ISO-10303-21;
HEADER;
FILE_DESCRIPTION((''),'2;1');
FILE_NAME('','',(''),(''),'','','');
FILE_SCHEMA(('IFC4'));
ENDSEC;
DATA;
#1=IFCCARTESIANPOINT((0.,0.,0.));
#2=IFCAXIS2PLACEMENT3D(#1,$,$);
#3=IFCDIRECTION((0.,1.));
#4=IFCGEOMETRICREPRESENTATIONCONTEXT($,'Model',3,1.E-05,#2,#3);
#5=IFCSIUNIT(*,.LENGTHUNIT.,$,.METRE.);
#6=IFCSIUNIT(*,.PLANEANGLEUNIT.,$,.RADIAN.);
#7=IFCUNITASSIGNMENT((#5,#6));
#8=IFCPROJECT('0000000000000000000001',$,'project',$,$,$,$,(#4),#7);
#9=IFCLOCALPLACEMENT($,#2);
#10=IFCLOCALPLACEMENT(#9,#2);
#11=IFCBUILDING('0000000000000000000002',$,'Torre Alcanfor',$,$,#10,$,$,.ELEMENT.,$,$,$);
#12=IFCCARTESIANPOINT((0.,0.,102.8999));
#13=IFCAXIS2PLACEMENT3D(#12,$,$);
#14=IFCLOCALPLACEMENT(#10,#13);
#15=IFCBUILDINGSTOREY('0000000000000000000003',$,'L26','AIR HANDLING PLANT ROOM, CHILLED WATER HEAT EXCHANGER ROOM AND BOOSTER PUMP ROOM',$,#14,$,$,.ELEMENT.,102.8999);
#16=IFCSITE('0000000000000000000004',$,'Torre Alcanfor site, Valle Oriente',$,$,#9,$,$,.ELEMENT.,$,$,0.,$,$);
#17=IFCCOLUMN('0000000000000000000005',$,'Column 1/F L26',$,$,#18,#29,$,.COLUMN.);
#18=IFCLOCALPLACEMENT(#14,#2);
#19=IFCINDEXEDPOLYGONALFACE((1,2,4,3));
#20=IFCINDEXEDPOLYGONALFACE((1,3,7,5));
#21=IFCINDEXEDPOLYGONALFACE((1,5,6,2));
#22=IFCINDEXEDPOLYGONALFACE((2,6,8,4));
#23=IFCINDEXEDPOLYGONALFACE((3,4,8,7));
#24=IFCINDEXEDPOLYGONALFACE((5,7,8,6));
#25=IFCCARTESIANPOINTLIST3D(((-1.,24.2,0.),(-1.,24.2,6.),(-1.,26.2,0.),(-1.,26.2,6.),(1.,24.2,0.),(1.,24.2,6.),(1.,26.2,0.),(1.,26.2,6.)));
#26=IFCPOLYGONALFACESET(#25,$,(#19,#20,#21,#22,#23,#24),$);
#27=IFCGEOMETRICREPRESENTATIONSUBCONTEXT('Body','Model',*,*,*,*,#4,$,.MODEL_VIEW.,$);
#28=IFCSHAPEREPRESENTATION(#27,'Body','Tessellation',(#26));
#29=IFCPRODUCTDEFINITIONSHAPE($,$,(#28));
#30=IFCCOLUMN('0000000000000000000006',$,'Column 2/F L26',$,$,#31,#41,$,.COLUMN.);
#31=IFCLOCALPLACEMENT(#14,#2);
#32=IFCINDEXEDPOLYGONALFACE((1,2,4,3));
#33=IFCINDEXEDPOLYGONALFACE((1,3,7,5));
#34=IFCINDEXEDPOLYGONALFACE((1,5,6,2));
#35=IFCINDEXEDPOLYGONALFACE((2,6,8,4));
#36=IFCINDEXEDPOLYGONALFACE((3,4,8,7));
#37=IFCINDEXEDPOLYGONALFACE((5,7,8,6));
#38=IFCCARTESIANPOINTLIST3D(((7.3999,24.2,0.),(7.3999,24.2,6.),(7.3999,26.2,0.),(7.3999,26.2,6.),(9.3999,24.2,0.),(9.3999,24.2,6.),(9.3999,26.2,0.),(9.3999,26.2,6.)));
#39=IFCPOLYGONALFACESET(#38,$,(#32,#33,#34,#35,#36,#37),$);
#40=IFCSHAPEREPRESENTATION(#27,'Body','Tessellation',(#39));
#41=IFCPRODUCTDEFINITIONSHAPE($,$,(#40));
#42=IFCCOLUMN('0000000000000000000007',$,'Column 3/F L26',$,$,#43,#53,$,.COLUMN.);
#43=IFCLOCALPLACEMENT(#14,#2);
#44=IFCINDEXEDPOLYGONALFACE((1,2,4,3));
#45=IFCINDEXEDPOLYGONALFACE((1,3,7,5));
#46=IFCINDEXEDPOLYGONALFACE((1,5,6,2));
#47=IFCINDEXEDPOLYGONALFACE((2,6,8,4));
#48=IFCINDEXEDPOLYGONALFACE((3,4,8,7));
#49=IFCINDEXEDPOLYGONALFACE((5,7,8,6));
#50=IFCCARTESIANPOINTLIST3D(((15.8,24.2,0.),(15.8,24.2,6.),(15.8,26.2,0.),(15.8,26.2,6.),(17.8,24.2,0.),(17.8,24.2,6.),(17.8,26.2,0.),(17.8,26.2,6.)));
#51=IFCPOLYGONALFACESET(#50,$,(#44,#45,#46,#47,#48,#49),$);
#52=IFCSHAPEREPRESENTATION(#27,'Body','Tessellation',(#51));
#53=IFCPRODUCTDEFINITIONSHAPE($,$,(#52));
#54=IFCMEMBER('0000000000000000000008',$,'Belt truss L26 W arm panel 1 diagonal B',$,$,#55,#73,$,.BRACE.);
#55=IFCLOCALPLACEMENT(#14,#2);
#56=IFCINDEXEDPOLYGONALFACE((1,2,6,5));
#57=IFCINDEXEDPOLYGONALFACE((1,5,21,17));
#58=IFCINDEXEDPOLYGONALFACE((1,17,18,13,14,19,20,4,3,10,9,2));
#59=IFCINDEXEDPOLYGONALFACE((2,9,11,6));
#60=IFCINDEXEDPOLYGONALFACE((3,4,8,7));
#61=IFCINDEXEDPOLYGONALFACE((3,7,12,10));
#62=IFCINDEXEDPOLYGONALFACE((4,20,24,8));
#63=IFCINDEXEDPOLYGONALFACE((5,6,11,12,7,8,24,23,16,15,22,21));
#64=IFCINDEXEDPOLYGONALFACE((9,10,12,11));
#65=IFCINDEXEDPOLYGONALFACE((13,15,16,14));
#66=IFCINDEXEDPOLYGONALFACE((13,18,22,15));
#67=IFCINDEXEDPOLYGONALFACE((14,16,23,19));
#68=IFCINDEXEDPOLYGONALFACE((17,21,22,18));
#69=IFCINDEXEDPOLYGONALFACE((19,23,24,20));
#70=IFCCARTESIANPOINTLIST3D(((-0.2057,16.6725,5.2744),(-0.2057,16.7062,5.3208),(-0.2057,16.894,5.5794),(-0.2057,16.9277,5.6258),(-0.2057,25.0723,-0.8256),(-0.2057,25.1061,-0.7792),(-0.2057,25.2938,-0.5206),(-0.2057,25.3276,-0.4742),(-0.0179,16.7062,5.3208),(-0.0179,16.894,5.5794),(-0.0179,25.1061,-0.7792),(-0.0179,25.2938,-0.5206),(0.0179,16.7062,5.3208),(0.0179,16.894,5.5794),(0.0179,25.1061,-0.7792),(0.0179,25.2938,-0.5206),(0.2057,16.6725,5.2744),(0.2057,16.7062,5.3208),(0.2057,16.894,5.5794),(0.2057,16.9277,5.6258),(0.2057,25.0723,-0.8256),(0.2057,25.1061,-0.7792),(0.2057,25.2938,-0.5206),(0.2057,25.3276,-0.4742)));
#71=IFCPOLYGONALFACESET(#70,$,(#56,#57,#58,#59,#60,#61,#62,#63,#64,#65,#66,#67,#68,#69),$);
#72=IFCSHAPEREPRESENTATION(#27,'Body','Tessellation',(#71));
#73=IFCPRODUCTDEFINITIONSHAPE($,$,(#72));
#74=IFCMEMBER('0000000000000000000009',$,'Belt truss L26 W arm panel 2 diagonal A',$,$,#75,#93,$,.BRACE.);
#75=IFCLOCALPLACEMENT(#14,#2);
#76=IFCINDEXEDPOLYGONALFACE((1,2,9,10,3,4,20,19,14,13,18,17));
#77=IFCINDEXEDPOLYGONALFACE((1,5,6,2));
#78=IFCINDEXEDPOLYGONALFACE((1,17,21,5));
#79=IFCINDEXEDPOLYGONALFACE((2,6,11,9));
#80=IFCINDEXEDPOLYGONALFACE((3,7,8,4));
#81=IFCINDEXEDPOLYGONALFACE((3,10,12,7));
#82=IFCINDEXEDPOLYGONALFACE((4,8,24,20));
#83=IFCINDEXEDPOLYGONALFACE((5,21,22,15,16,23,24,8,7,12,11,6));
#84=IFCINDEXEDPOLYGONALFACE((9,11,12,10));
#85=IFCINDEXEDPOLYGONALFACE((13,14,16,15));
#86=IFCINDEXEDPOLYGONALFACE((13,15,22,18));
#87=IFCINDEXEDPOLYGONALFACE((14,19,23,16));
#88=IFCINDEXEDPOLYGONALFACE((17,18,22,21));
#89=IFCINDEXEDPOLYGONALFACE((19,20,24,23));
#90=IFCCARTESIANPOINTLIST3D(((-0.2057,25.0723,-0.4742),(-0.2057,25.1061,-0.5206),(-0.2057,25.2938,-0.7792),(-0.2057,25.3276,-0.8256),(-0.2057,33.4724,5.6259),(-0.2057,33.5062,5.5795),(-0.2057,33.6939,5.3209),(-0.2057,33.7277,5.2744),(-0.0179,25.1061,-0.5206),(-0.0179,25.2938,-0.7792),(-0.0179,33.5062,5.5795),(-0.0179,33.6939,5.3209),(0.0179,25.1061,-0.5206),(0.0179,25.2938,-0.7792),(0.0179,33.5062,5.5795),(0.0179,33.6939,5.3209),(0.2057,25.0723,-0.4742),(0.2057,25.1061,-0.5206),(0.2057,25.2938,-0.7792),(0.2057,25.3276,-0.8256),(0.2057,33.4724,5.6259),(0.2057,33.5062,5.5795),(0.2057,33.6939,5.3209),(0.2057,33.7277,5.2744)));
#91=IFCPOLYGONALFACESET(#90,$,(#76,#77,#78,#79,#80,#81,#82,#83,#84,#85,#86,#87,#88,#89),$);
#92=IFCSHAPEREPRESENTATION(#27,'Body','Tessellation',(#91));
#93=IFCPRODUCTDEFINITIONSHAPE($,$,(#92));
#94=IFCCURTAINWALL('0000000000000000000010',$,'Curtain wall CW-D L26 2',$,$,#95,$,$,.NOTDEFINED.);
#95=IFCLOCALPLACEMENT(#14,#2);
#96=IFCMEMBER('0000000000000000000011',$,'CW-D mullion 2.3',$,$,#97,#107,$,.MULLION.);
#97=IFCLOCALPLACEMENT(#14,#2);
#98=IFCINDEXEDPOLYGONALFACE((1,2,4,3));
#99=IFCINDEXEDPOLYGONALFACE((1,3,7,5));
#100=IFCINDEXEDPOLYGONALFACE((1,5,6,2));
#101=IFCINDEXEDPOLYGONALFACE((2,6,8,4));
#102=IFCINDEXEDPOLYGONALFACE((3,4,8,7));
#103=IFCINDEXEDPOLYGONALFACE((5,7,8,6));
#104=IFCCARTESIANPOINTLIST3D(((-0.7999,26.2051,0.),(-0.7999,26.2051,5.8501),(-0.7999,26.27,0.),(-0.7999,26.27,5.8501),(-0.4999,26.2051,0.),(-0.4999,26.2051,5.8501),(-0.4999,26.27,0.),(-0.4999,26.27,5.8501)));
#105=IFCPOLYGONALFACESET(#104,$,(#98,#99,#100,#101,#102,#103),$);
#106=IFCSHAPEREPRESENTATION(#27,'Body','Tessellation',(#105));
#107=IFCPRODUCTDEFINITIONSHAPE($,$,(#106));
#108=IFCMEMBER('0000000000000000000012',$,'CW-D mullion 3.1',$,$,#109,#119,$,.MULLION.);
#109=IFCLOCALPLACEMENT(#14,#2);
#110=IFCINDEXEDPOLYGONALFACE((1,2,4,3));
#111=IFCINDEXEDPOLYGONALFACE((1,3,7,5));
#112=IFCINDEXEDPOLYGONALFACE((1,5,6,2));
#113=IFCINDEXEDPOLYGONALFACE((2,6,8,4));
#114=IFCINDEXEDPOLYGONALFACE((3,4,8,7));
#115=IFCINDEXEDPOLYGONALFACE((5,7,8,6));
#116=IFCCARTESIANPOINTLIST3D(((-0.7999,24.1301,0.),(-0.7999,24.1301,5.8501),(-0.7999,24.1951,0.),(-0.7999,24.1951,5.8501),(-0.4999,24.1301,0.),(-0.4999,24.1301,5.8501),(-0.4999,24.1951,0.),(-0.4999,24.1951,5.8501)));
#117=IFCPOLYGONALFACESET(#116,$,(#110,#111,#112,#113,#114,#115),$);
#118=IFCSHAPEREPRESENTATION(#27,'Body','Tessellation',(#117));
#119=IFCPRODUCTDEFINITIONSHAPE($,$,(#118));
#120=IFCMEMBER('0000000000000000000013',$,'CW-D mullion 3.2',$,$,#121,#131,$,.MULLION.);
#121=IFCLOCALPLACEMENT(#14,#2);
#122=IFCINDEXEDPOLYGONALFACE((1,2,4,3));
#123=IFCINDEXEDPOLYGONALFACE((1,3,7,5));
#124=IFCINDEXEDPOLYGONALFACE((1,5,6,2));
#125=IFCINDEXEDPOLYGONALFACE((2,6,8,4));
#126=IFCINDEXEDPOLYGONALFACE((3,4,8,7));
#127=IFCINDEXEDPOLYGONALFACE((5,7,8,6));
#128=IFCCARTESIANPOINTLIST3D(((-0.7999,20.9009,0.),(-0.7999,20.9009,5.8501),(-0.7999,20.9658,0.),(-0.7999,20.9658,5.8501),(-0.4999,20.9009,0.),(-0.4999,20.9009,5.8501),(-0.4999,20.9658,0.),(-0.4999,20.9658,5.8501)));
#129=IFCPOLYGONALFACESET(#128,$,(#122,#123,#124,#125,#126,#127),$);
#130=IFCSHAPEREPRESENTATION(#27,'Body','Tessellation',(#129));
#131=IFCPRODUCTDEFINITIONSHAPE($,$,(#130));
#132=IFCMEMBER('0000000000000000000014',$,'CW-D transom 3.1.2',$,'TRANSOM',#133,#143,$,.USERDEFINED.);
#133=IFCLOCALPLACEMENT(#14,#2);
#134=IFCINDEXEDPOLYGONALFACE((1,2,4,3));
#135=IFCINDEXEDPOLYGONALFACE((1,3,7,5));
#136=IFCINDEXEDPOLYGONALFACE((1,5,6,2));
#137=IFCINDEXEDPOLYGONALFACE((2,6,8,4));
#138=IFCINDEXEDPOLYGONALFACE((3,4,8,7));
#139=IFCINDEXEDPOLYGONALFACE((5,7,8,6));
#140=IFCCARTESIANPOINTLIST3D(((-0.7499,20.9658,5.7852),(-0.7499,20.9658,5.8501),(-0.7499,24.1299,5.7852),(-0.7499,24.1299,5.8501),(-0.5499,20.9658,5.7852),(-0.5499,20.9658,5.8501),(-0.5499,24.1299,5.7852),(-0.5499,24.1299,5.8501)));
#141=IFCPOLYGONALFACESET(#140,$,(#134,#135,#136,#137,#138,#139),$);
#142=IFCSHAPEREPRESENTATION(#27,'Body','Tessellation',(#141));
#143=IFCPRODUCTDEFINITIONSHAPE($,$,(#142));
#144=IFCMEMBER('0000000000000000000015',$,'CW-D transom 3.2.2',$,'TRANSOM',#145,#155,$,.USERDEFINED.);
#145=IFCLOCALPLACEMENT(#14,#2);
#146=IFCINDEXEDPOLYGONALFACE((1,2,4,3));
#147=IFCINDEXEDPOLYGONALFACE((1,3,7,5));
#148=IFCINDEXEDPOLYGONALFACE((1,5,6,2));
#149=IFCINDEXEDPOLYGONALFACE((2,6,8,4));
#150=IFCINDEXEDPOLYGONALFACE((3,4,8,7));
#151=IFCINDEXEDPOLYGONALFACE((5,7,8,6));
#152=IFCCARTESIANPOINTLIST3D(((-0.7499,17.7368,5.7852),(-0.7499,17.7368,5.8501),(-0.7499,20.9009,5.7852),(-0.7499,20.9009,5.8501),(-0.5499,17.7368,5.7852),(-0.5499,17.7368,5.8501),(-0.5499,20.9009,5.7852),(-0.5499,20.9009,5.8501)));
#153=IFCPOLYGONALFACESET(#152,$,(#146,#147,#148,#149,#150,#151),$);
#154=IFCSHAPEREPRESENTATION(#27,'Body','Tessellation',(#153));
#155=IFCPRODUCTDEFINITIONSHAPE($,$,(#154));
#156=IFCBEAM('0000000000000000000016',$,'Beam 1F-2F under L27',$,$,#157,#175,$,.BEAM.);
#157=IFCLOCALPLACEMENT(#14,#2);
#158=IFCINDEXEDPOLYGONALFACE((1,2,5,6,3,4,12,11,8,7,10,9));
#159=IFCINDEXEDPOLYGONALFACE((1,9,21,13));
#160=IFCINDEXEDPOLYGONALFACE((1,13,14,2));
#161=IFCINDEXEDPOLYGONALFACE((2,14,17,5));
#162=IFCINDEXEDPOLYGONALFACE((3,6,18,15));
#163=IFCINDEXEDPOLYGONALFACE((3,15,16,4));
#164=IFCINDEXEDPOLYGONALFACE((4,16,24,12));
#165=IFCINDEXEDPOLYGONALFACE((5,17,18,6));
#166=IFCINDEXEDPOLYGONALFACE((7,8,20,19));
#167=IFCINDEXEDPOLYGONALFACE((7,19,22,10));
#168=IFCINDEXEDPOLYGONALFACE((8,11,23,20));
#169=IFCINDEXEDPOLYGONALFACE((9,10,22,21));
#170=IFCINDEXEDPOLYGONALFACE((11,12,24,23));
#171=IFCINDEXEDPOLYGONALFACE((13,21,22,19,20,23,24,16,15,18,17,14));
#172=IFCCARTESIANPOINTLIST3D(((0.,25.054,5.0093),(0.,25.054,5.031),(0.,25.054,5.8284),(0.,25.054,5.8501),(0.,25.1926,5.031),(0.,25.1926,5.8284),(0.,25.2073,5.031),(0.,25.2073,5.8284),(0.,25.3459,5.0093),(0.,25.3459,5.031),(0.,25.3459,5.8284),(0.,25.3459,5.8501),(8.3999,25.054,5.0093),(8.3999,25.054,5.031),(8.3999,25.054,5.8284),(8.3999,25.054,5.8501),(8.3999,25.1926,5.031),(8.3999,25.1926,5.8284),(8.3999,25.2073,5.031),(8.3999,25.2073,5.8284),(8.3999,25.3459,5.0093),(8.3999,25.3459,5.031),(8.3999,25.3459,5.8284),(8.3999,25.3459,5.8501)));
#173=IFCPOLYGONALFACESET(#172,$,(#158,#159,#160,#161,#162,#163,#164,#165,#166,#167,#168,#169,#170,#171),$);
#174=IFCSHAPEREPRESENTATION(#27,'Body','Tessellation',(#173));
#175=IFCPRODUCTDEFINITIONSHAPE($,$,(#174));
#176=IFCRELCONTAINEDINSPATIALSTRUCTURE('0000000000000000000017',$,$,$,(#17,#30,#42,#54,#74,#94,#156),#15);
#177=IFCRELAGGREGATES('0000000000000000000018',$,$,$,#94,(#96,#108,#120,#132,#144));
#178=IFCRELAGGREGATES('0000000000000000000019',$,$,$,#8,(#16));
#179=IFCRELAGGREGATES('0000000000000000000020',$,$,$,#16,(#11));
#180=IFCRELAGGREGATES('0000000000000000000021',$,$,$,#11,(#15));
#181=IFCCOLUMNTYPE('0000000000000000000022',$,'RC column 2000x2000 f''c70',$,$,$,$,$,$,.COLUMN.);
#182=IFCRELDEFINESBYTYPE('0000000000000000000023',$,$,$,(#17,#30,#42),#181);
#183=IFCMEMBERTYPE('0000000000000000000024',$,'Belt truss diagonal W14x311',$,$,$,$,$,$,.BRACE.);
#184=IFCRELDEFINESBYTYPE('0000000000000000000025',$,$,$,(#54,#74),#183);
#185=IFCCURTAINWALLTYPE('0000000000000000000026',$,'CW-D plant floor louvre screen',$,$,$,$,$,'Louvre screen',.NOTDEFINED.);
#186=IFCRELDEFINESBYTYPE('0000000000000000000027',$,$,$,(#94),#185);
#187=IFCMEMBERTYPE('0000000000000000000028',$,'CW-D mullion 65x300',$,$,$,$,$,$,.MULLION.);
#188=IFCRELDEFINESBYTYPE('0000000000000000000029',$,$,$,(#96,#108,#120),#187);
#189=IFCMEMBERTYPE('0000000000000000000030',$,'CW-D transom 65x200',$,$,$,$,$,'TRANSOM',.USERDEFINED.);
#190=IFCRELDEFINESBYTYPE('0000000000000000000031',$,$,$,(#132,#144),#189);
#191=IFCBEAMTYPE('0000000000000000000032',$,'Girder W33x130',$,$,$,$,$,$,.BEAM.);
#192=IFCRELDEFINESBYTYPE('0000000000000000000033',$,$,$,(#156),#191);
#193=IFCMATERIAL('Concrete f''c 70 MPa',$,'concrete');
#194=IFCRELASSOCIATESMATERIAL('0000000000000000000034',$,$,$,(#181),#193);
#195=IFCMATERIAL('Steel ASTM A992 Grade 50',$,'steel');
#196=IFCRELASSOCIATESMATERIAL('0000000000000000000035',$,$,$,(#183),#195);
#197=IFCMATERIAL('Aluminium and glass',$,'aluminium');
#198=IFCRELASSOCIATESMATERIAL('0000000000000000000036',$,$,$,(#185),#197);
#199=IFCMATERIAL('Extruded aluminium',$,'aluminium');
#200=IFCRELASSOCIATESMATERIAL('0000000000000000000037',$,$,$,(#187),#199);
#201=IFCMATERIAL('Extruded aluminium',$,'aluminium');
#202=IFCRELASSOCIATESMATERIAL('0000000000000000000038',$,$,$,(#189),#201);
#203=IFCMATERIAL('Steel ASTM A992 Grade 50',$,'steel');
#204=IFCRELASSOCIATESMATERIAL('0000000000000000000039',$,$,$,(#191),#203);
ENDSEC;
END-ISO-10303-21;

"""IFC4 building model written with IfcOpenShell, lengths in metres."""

from ifc_helpers import new_model, si_unit, direction, frame, origin, origin_2d, place, context, subcontext, project, spatial, rectangle, i_section, extrude, material, material_profile, profile_set, type_object, element, aggregate, save


model = new_model("IFC4")

# Units and contexts
model_context = context("Model", 3, precision=1e-05, world=origin(), true_north=direction((0.0, 1.0)))
body_context = subcontext(model_context, "Body", "Model", "MODEL_VIEW")
ifc_project = project(units=[si_unit("LENGTHUNIT", "METRE"), si_unit("PLANEANGLEUNIT", "RADIAN")], contexts=[model_context])

# Site, building, storey
site_placement = place(None, origin())
site = spatial("IfcSite", under=ifc_project, at=site_placement, Name="Torre Alcanfor site, Valle Oriente", CompositionType="ELEMENT", RefElevation=0.0)
building_placement = place(site_placement, origin())
building = spatial("IfcBuilding", under=site, at=building_placement, Name="Torre Alcanfor", CompositionType="ELEMENT")
storey_placement = place(building_placement, frame((0.0, 0.0, 102.8999)))
storey = spatial("IfcBuildingStorey", under=building, at=storey_placement, Name="L26", Description="AIR HANDLING PLANT ROOM, CHILLED WATER HEAT EXCHANGER ROOM AND BOOSTER PUMP ROOM", CompositionType="ELEMENT", Elevation=102.8999)

# Columns
ifc_material_1 = material(Name="Concrete f'c 70 MPa", Category="concrete")
ifc_material_profile_1 = material_profile(ifc_material_1, rectangle(XDim=2.0, YDim=2.0, at=origin_2d()), Name="2000x2000")
ifc_profile_set_1 = profile_set([ifc_material_profile_1], Name="Concrete f'c 70 MPa")
column_type = type_object("IfcColumnType", Name="RC column 2000x2000 f'c70", PredefinedType="COLUMN", material=ifc_profile_set_1)
for number, where, z_axis, x_axis, name in (
    (1, (0.0, 25.2, 0.0), (0.0, 0.0, 1.0), (1.0, 0.0, 0.0), "Column 1/F L26"),
    (2, (8.3999, 25.2, 0.0), (0.0, 0.0, 1.0), (1.0, 0.0, 0.0), "Column 2/F L26"),
    (3, (16.8, 25.2, 0.0), (0.0, 0.0, 1.0), (1.0, 0.0, 0.0), "Column 3/F L26"),
):
    element("IfcColumn", number, at=place(storey_placement, frame(where, z_axis=z_axis, x_axis=x_axis)), inside=storey, type_object=column_type, Name=name, PredefinedType="COLUMN", context=body_context, shape_type="SweptSolid", body=[
        extrude(rectangle(XDim=2.0, YDim=2.0, at=origin_2d()), origin(), (0.0, 0.0, 1.0), 6.0),
    ])

# Members
ifc_material_2 = material(Name="Steel ASTM A992 Grade 50", Category="steel")
ifc_material_profile_2 = material_profile(ifc_material_2, i_section(OverallWidth=0.4114, OverallDepth=0.4343, WebThickness=0.0359, FlangeThickness=0.0574, at=origin_2d()), Name="W14x311")
ifc_profile_set_2 = profile_set([ifc_material_profile_2], Name="Steel ASTM A992 Grade 50")
member_type_1 = type_object("IfcMemberType", Name="Belt truss diagonal W14x311", PredefinedType="BRACE", material=ifc_profile_set_2)
member_1_placement = place(storey_placement, frame((0.0, 25.2, -0.6499), z_axis=(0.0, -0.809145, 0.587609), x_axis=(1.0, 0.0, 0.0)))
element("IfcMember", 4, at=member_1_placement, inside=storey, type_object=member_type_1, Name="Belt truss L26 W arm panel 1 diagonal B", PredefinedType="BRACE", context=body_context, shape_type="SweptSolid", body=[
    extrude(i_section(OverallWidth=0.4114, OverallDepth=0.4343, WebThickness=0.0359, FlangeThickness=0.0574, at=origin_2d()), origin(), (0.0, 0.0, 1.0), 10.3811),
])
member_2_placement = place(storey_placement, frame((0.0, 25.2, -0.6499), z_axis=(0.0, 0.809153, 0.587598), x_axis=(-1.0, 0.0, 0.0)))
element("IfcMember", 5, at=member_2_placement, inside=storey, type_object=member_type_1, Name="Belt truss L26 W arm panel 2 diagonal A", PredefinedType="BRACE", context=body_context, shape_type="SweptSolid", body=[
    extrude(i_section(OverallWidth=0.4114, OverallDepth=0.4343, WebThickness=0.0359, FlangeThickness=0.0574, at=origin_2d()), origin(), (0.0, 0.0, 1.0), 10.3813),
])

# Curtain wall, members
ifc_material_3 = material(Name="Aluminium and glass", Category="aluminium")
curtain_wall_type = type_object("IfcCurtainWallType", Name="CW-D plant floor louvre screen", ElementType="Louvre screen", PredefinedType="NOTDEFINED", material=ifc_material_3)
curtain_wall_placement = place(storey_placement, origin())
curtain_wall = element("IfcCurtainWall", 6, at=curtain_wall_placement, inside=storey, type_object=curtain_wall_type, Name="Curtain wall CW-D L26 2", PredefinedType="NOTDEFINED")
ifc_material_4 = material(Name="Extruded aluminium", Category="aluminium")
ifc_material_profile_3 = material_profile(ifc_material_4, rectangle(XDim=0.3, YDim=0.0649, at=origin_2d()), Name="CW-D mullion 65x300")
ifc_profile_set_3 = profile_set([ifc_material_profile_3], Name="Extruded aluminium")
member_type_2 = type_object("IfcMemberType", Name="CW-D mullion 65x300", PredefinedType="MULLION", material=ifc_profile_set_3)
member_3_placement = place(storey_placement, frame((-0.6499, 26.2375, 0.0), z_axis=(0.0, 0.0, 1.0), x_axis=(1.0, 0.0, 0.0)))
member_3 = element("IfcMember", 7, at=member_3_placement, type_object=member_type_2, Name="CW-D mullion 2.3", PredefinedType="MULLION", context=body_context, shape_type="SweptSolid", body=[
    extrude(rectangle(XDim=0.3, YDim=0.0649, at=origin_2d()), origin(), (0.0, 0.0, 1.0), 5.8501),
])
member_4_placement = place(storey_placement, frame((-0.6499, 24.1626, 0.0), z_axis=(0.0, 0.0, 1.0), x_axis=(1.0, 0.0, 0.0)))
member_4 = element("IfcMember", 8, at=member_4_placement, type_object=member_type_2, Name="CW-D mullion 3.1", PredefinedType="MULLION", context=body_context, shape_type="SweptSolid", body=[
    extrude(rectangle(XDim=0.3, YDim=0.0649, at=origin_2d()), origin(), (0.0, 0.0, 1.0), 5.8501),
])
member_5_placement = place(storey_placement, frame((-0.6499, 20.9333, 0.0), z_axis=(0.0, 0.0, 1.0), x_axis=(1.0, 0.0, 0.0)))
member_5 = element("IfcMember", 9, at=member_5_placement, type_object=member_type_2, Name="CW-D mullion 3.2", PredefinedType="MULLION", context=body_context, shape_type="SweptSolid", body=[
    extrude(rectangle(XDim=0.3, YDim=0.0649, at=origin_2d()), origin(), (0.0, 0.0, 1.0), 5.8501),
])
ifc_material_5 = material(Name="Extruded aluminium", Category="aluminium")
ifc_material_profile_4 = material_profile(ifc_material_5, rectangle(XDim=0.2, YDim=0.0649, at=origin_2d()), Name="CW-D transom 200x65")
ifc_profile_set_4 = profile_set([ifc_material_profile_4], Name="Extruded aluminium")
member_type_3 = type_object("IfcMemberType", Name="CW-D transom 65x200", ElementType="TRANSOM", PredefinedType="USERDEFINED", material=ifc_profile_set_4)
member_6_placement = place(storey_placement, frame((-0.6499, 24.1299, 5.8176), z_axis=(0.0, -1.0, 0.0), x_axis=(1.0, 0.0, 0.0)))
member_6 = element("IfcMember", 10, at=member_6_placement, type_object=member_type_3, Name="CW-D transom 3.1.2", ObjectType="TRANSOM", PredefinedType="USERDEFINED", context=body_context, shape_type="SweptSolid", body=[
    extrude(rectangle(XDim=0.2, YDim=0.0649, at=origin_2d()), origin(), (0.0, 0.0, 1.0), 3.1641),
])
member_7_placement = place(storey_placement, frame((-0.6499, 20.9009, 5.8176), z_axis=(0.0, -1.0, 0.0), x_axis=(1.0, 0.0, 0.0)))
member_7 = element("IfcMember", 11, at=member_7_placement, type_object=member_type_3, Name="CW-D transom 3.2.2", ObjectType="TRANSOM", PredefinedType="USERDEFINED", context=body_context, shape_type="SweptSolid", body=[
    extrude(rectangle(XDim=0.2, YDim=0.0649, at=origin_2d()), origin(), (0.0, 0.0, 1.0), 3.1641),
])

# Beam
ifc_material_6 = material(Name="Steel ASTM A992 Grade 50", Category="steel")
ifc_material_profile_5 = material_profile(ifc_material_6, i_section(OverallWidth=0.292, OverallDepth=0.8408, WebThickness=0.0146, FlangeThickness=0.0217, at=origin_2d()), Name="W33x130")
ifc_profile_set_5 = profile_set([ifc_material_profile_5], Name="Steel ASTM A992 Grade 50")
beam_type_1 = type_object("IfcBeamType", Name="Girder W33x130", PredefinedType="BEAM", material=ifc_profile_set_5)
beam_1_placement = place(storey_placement, frame((0.0, 25.2, 5.4297), z_axis=(1.0, 0.0, 0.0), x_axis=(0.0, 1.0, 0.0)))
element("IfcBeam", 12, at=beam_1_placement, inside=storey, type_object=beam_type_1, Name="Beam 1F-2F under L27", PredefinedType="BEAM", context=body_context, shape_type="SweptSolid", body=[
    extrude(i_section(OverallWidth=0.292, OverallDepth=0.8408, WebThickness=0.0146, FlangeThickness=0.0217, at=origin_2d()), origin(), (0.0, 0.0, 1.0), 8.3999),
])

aggregate(curtain_wall, [member_3, member_4, member_5, member_6, member_7])

save(model, "model.ifc")
